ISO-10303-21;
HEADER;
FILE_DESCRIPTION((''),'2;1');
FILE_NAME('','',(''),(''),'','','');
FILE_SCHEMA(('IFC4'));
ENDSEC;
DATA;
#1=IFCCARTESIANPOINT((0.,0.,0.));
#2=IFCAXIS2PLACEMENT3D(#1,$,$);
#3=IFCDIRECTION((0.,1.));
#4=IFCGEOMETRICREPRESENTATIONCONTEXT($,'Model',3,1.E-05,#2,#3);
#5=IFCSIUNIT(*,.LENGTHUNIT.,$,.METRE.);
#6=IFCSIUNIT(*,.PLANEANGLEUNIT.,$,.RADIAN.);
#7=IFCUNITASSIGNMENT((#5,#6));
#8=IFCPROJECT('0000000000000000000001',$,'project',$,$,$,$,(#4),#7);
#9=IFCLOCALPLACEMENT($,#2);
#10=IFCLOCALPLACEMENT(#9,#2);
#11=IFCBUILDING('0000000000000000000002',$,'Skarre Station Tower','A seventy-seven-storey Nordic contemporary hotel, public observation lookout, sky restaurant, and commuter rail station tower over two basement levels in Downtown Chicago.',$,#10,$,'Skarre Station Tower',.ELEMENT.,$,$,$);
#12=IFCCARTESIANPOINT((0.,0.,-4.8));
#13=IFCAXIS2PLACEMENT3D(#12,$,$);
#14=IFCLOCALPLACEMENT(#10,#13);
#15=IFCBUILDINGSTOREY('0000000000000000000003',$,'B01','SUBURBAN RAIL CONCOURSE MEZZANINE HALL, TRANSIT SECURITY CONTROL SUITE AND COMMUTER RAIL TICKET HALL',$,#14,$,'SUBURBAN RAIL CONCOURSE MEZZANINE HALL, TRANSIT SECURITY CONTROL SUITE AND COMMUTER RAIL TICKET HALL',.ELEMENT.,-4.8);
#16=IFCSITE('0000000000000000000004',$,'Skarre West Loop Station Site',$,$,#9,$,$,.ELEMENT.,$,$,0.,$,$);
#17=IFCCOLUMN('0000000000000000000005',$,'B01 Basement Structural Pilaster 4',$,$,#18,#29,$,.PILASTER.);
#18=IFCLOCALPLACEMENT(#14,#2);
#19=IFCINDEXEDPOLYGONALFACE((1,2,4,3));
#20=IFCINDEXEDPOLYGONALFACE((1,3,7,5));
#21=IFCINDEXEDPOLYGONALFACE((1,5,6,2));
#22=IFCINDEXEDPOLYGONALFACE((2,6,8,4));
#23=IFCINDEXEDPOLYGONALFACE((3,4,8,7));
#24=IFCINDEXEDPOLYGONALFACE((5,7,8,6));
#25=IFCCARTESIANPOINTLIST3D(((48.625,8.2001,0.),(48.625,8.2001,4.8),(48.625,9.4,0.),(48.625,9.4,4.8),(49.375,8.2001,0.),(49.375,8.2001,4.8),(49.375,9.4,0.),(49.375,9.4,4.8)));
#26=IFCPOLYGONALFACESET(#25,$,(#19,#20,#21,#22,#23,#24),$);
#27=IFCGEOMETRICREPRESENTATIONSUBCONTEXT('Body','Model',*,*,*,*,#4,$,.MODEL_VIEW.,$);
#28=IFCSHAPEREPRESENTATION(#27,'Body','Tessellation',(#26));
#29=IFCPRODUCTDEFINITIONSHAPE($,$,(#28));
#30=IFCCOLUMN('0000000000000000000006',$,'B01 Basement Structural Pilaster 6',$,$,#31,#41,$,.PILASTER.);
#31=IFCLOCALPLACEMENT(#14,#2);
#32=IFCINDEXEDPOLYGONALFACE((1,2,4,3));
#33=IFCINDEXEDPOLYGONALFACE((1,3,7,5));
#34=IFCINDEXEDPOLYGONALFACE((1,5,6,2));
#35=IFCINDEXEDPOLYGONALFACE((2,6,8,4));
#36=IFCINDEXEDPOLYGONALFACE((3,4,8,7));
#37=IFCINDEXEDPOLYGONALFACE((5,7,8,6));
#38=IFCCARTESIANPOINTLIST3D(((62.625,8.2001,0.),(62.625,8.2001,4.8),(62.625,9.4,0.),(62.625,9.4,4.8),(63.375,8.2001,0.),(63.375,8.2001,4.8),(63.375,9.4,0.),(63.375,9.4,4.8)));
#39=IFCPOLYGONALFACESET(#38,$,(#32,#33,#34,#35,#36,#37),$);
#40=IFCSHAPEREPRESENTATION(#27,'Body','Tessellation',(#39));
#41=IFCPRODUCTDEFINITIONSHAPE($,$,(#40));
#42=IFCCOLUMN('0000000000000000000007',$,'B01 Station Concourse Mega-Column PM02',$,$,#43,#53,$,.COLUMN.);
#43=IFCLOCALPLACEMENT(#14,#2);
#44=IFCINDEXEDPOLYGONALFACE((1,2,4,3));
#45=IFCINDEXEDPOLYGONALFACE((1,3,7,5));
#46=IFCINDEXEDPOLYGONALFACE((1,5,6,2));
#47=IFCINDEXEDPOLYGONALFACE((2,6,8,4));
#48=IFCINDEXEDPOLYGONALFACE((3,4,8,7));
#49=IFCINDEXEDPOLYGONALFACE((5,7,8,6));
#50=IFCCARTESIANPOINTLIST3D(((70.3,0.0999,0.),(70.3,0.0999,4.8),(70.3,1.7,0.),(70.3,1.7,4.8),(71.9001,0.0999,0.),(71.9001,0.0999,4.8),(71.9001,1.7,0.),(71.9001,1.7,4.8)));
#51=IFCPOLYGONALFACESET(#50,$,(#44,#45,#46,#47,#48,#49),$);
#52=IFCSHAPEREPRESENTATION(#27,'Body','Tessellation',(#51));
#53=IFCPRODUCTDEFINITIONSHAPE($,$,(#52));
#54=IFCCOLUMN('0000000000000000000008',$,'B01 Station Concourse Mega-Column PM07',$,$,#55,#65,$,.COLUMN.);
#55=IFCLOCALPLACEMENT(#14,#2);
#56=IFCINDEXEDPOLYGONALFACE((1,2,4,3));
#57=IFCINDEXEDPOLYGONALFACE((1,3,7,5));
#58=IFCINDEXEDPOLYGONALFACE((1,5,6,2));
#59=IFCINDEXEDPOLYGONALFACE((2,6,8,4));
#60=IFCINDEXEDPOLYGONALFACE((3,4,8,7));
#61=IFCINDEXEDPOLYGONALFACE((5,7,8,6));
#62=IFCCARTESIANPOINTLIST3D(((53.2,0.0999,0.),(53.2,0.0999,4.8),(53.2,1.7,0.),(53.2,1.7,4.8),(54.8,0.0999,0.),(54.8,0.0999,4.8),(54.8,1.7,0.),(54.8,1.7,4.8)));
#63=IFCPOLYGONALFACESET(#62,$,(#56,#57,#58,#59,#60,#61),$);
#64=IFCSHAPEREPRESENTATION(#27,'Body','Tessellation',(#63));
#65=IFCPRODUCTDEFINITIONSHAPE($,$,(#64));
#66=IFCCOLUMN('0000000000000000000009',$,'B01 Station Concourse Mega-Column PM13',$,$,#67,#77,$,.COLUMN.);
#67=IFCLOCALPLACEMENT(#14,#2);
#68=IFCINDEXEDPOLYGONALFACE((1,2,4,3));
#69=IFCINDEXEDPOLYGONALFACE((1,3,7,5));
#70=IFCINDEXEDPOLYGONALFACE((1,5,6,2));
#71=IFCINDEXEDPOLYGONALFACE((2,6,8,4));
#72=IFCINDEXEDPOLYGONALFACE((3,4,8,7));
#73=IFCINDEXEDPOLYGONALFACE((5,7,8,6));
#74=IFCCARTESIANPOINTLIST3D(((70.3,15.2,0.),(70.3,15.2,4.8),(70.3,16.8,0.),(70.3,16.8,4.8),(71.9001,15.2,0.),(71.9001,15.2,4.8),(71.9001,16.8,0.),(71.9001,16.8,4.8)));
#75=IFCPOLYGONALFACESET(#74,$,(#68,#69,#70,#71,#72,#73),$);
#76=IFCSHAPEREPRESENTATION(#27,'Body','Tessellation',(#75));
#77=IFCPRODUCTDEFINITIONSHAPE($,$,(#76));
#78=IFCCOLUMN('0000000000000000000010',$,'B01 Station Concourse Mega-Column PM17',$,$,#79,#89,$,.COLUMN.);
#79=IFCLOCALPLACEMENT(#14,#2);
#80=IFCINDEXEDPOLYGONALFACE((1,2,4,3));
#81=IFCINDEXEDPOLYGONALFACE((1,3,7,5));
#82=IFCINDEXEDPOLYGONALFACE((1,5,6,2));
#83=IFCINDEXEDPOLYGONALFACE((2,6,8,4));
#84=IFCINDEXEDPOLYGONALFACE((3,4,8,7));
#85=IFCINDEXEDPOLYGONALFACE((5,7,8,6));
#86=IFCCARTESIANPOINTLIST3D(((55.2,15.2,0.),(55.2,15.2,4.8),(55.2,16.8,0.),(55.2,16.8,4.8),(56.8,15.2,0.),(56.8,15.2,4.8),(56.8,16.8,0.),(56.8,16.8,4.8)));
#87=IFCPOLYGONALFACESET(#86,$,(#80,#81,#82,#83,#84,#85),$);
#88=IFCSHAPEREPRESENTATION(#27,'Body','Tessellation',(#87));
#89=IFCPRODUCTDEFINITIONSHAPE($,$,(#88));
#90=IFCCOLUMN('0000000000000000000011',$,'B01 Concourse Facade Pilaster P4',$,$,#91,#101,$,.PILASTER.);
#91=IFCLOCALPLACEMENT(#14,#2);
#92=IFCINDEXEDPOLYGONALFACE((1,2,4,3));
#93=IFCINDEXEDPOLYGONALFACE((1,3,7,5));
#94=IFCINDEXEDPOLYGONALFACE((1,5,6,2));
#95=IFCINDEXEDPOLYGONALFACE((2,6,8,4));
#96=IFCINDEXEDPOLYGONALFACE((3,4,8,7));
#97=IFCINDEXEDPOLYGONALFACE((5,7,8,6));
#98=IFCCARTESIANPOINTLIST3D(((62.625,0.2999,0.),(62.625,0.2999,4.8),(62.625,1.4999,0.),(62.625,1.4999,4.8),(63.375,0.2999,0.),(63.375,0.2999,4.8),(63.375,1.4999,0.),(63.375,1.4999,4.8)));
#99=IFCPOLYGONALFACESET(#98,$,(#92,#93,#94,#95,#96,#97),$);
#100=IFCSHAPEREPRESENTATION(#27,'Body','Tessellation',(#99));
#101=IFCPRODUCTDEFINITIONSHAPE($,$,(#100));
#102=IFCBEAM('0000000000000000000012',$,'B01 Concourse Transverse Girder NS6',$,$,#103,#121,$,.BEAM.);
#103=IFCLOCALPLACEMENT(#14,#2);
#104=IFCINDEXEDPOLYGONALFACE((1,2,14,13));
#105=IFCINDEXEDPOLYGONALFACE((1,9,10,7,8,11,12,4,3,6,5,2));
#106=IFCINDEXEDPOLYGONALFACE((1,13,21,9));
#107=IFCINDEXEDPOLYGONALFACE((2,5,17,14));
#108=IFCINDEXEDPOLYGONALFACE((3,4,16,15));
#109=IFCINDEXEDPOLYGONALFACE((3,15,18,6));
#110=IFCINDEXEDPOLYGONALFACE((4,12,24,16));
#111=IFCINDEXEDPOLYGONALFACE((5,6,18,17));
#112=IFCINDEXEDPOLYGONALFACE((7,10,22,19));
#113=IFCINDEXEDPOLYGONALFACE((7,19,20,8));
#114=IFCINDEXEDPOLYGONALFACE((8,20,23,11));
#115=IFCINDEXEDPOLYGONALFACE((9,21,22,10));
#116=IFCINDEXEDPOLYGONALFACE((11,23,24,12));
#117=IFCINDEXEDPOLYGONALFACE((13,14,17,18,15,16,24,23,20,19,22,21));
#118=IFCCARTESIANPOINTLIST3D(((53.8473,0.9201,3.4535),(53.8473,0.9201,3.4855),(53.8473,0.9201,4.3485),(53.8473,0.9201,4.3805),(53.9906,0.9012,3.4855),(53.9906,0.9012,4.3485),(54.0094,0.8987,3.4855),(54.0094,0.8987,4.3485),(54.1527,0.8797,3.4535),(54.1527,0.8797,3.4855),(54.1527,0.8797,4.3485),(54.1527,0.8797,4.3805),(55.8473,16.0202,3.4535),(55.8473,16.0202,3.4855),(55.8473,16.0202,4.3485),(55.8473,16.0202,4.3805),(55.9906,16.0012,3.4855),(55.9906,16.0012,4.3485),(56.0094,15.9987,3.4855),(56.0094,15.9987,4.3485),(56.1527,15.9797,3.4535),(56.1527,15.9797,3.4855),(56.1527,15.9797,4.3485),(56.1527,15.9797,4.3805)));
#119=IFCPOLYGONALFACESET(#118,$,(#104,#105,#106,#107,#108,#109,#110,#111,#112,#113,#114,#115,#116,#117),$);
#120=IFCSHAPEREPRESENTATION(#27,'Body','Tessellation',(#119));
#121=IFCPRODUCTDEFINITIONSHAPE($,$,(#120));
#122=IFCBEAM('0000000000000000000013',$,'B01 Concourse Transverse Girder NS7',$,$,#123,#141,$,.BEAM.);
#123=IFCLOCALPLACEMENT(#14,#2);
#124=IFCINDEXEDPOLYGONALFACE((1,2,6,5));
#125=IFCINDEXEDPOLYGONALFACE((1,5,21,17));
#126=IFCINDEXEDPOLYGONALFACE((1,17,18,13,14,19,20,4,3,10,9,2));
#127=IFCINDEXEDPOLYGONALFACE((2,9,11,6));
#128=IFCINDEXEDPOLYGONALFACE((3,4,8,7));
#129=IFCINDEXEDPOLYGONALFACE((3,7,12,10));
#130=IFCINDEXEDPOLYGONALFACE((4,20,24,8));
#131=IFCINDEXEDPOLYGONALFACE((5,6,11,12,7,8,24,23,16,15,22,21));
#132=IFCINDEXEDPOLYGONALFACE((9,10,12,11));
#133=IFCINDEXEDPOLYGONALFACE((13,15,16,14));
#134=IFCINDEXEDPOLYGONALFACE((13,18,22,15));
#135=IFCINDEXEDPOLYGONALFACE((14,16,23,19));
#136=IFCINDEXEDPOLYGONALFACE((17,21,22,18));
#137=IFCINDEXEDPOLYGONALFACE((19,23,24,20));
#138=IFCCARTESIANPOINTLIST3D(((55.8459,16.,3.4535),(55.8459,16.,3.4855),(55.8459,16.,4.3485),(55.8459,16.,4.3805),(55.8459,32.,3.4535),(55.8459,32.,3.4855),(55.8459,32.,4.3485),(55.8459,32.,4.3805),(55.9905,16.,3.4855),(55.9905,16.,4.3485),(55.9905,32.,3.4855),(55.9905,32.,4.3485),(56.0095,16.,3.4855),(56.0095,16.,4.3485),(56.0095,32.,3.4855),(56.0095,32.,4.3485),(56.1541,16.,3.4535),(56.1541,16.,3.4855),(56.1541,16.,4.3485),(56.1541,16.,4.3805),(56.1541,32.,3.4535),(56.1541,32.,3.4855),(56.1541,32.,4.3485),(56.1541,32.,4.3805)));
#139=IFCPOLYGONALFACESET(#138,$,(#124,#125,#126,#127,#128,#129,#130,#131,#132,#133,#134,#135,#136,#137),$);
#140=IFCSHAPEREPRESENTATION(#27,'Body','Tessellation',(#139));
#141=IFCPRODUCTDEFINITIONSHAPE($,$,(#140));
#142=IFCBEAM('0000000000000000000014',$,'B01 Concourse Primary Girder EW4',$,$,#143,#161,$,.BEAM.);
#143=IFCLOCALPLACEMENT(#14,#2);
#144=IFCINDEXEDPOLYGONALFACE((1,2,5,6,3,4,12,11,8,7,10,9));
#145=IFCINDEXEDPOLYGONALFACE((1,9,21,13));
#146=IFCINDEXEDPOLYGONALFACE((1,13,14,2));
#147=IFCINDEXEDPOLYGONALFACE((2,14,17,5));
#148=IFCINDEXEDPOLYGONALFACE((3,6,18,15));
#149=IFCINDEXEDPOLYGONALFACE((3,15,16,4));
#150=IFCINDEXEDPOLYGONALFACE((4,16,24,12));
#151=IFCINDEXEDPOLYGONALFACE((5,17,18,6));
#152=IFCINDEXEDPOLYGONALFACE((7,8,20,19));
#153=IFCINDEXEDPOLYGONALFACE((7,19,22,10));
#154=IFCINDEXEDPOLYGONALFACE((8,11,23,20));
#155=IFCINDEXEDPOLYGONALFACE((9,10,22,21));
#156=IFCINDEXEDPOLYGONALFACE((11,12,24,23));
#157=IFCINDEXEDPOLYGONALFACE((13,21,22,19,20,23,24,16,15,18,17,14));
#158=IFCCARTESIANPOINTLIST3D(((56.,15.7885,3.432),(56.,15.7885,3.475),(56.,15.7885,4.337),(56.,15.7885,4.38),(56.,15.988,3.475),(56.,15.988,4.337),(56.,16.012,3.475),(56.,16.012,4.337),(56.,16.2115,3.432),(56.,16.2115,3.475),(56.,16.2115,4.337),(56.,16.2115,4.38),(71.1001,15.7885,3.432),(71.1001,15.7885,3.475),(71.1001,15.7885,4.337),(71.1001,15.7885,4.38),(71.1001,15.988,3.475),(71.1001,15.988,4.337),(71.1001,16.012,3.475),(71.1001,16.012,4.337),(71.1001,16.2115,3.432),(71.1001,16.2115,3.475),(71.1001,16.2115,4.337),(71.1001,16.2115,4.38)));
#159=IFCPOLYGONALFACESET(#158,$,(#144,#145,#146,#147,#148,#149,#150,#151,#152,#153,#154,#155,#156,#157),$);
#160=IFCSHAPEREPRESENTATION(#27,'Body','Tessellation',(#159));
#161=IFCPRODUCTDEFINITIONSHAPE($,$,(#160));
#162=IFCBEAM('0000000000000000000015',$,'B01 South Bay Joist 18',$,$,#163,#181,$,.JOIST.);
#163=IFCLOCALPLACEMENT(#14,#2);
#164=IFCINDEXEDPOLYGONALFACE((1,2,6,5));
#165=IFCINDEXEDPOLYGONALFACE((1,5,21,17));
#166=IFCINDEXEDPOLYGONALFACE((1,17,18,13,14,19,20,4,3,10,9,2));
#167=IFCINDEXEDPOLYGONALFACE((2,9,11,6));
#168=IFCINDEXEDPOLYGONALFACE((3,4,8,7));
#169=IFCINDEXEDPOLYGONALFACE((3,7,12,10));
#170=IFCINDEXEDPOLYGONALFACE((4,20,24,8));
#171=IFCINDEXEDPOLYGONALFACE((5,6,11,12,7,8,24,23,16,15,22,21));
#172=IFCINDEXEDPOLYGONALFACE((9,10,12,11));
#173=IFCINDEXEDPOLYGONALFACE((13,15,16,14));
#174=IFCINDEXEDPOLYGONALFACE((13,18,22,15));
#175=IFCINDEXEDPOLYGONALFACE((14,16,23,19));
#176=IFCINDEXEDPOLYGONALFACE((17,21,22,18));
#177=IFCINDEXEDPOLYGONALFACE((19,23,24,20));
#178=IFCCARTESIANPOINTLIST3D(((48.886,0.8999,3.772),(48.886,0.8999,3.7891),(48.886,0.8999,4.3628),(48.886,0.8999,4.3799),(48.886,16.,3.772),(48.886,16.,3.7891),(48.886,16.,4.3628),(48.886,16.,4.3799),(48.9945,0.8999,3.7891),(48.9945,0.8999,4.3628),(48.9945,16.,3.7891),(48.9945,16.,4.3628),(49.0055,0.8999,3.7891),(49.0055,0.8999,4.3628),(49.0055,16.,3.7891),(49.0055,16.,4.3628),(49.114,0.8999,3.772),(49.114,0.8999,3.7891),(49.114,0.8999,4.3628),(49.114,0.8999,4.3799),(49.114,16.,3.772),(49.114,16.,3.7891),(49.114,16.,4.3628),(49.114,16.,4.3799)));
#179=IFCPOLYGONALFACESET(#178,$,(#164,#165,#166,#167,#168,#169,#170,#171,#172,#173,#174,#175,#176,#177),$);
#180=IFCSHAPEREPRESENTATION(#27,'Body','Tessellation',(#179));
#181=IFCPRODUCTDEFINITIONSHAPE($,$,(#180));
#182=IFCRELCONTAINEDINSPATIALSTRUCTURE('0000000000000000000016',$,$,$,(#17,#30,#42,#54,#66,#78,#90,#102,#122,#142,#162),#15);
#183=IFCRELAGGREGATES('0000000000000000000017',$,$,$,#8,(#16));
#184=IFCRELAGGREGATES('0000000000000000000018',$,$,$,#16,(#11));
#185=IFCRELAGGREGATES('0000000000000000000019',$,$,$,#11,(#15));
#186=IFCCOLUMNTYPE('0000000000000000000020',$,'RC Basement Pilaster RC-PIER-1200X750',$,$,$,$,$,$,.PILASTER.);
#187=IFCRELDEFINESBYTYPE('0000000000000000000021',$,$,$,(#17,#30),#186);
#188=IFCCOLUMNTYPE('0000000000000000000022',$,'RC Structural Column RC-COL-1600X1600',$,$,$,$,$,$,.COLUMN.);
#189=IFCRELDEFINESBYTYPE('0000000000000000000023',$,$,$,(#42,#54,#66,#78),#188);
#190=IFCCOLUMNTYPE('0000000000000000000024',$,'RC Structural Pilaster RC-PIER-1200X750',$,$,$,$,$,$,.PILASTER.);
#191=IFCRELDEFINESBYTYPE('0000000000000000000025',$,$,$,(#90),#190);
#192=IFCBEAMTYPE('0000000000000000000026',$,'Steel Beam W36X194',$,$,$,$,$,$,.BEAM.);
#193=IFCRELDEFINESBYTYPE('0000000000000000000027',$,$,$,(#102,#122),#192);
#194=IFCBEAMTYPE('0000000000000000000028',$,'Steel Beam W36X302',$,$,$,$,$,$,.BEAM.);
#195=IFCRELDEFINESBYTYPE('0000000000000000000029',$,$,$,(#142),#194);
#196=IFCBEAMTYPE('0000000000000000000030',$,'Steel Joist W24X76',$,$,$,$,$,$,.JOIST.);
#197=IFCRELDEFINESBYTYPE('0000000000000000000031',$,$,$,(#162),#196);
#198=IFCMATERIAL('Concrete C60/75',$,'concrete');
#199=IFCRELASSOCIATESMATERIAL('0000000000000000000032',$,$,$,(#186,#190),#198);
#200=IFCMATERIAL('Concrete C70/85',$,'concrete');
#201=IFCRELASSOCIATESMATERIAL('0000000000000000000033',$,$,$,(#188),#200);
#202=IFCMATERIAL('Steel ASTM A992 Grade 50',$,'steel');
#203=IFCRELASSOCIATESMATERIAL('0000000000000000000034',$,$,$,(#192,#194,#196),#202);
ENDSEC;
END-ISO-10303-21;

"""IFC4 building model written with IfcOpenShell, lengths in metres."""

from ifc_helpers import new_model, si_unit, direction, frame, origin, origin_2d, place, context, subcontext, project, spatial, rectangle, i_section, extrude, material, material_profile, profile_set, type_object, element, save


model = new_model("IFC4")

# Units and contexts
model_context = context("Model", 3, precision=1e-05, world=origin(), true_north=direction((0.0, 1.0)))
body_context = subcontext(model_context, "Body", "Model", "MODEL_VIEW")
ifc_project = project(units=[si_unit("LENGTHUNIT", "METRE"), si_unit("PLANEANGLEUNIT", "RADIAN")], contexts=[model_context])

# Site, building, storey
site_placement = place(None, origin())
site = spatial("IfcSite", under=ifc_project, at=site_placement, Name="Skarre West Loop Station Site", CompositionType="ELEMENT", RefElevation=0.0)
building_placement = place(site_placement, origin())
building = spatial("IfcBuilding", under=site, at=building_placement, Name="Skarre Station Tower", Description="A seventy-seven-storey Nordic contemporary hotel, public observation lookout, sky restaurant, and commuter rail station tower over two basement levels in Downtown Chicago.", LongName="Skarre Station Tower", CompositionType="ELEMENT")
storey_placement = place(building_placement, frame((0.0, 0.0, -4.8)))
storey = spatial("IfcBuildingStorey", under=building, at=storey_placement, Name="B01", Description="SUBURBAN RAIL CONCOURSE MEZZANINE HALL, TRANSIT SECURITY CONTROL SUITE AND COMMUTER RAIL TICKET HALL", LongName="SUBURBAN RAIL CONCOURSE MEZZANINE HALL, TRANSIT SECURITY CONTROL SUITE AND COMMUTER RAIL TICKET HALL", CompositionType="ELEMENT", Elevation=-4.8)

# Columns
ifc_material_1 = material(Name="Concrete C60/75", Category="concrete")
ifc_material_profile_1 = material_profile(ifc_material_1, rectangle(XDim=0.75, YDim=1.2, at=origin_2d()), Name="Concrete C60/75")
ifc_profile_set_1 = profile_set([ifc_material_profile_1], Name="Concrete C60/75")
column_type_1 = type_object("IfcColumnType", Name="RC Basement Pilaster RC-PIER-1200X750", PredefinedType="PILASTER", material=ifc_profile_set_1)
for number, where, z_axis, x_axis, name in (
    (1, (49.0, 8.8, 0.0), (0.0, 0.0, 1.0), (1.0, 0.0, 0.0), "B01 Basement Structural Pilaster 4"),
    (2, (63.0, 8.8, 0.0), (0.0, 0.0, 1.0), (1.0, 0.0, 0.0), "B01 Basement Structural Pilaster 6"),
):
    element("IfcColumn", number, at=place(storey_placement, frame(where, z_axis=z_axis, x_axis=x_axis)), inside=storey, type_object=column_type_1, Name=name, PredefinedType="PILASTER", context=body_context, shape_type="SweptSolid", body=[
        extrude(rectangle(XDim=0.75, YDim=1.2, at=origin_2d()), origin(), (0.0, 0.0, 1.0), 4.8),
    ])
ifc_material_2 = material(Name="Concrete C70/85", Category="concrete")
ifc_material_profile_2 = material_profile(ifc_material_2, rectangle(XDim=1.6001, YDim=1.6001, at=origin_2d()), Name="Concrete C70/85")
ifc_profile_set_2 = profile_set([ifc_material_profile_2], Name="Concrete C70/85")
column_type_2 = type_object("IfcColumnType", Name="RC Structural Column RC-COL-1600X1600", PredefinedType="COLUMN", material=ifc_profile_set_2)
for number, where, z_axis, x_axis, name in (
    (3, (71.1001, 0.8999, 0.0), (0.0, 0.0, 1.0), (1.0, 0.0, 0.0), "B01 Station Concourse Mega-Column PM02"),
    (4, (54.0, 0.8999, 0.0), (0.0, 0.0, 1.0), (1.0, 0.0, 0.0), "B01 Station Concourse Mega-Column PM07"),
    (5, (71.1001, 16.0, 0.0), (0.0, 0.0, 1.0), (1.0, 0.0, 0.0), "B01 Station Concourse Mega-Column PM13"),
    (6, (56.0, 16.0, 0.0), (0.0, 0.0, 1.0), (1.0, 0.0, 0.0), "B01 Station Concourse Mega-Column PM17"),
):
    element("IfcColumn", number, at=place(storey_placement, frame(where, z_axis=z_axis, x_axis=x_axis)), inside=storey, type_object=column_type_2, Name=name, PredefinedType="COLUMN", context=body_context, shape_type="SweptSolid", body=[
        extrude(rectangle(XDim=1.6001, YDim=1.6001, at=origin_2d()), origin(), (0.0, 0.0, 1.0), 4.8),
    ])
ifc_material_profile_3 = material_profile(ifc_material_1, rectangle(XDim=0.75, YDim=1.2, at=origin_2d()), Name="Concrete C60/75")
ifc_profile_set_3 = profile_set([ifc_material_profile_3], Name="Concrete C60/75")
column_type_3 = type_object("IfcColumnType", Name="RC Structural Pilaster RC-PIER-1200X750", PredefinedType="PILASTER", material=ifc_profile_set_3)
column_placement = place(storey_placement, frame((63.0, 0.8999, 0.0), z_axis=(0.0, 0.0, 1.0), x_axis=(1.0, 0.0, 0.0)))
element("IfcColumn", 7, at=column_placement, inside=storey, type_object=column_type_3, Name="B01 Concourse Facade Pilaster P4", PredefinedType="PILASTER", context=body_context, shape_type="SweptSolid", body=[
    extrude(rectangle(XDim=0.75, YDim=1.2, at=origin_2d()), origin(), (0.0, 0.0, 1.0), 4.8),
])

# Beams
ifc_material_3 = material(Name="Steel ASTM A992 Grade 50", Category="steel")
ifc_material_profile_4 = material_profile(ifc_material_3, i_section(OverallWidth=0.3081, OverallDepth=0.927, WebThickness=0.019, FlangeThickness=0.032, at=origin_2d()), Name="Steel ASTM A992 Grade 50")
ifc_profile_set_4 = profile_set([ifc_material_profile_4], Name="Steel ASTM A992 Grade 50")
beam_type_1 = type_object("IfcBeamType", Name="Steel Beam W36X194", PredefinedType="BEAM", material=ifc_profile_set_4)
beam_1_placement = place(storey_placement, frame((54.0, 0.8999, 3.917), z_axis=(0.131303, 0.991342, 0.0), x_axis=(-0.991342, 0.131303, 0.0)))
element("IfcBeam", 8, at=beam_1_placement, inside=storey, type_object=beam_type_1, Name="B01 Concourse Transverse Girder NS6", PredefinedType="BEAM", context=body_context, shape_type="SweptSolid", body=[
    extrude(i_section(OverallWidth=0.3081, OverallDepth=0.927, WebThickness=0.019, FlangeThickness=0.032, at=origin_2d()), origin(), (0.0, 0.0, 1.0), 15.2319),
])
beam_2_placement = place(storey_placement, frame((56.0, 16.0, 3.917), z_axis=(0.0, 1.0, 0.0), x_axis=(-1.0, 0.0, 0.0)))
element("IfcBeam", 9, at=beam_2_placement, inside=storey, type_object=beam_type_1, Name="B01 Concourse Transverse Girder NS7", PredefinedType="BEAM", context=body_context, shape_type="SweptSolid", body=[
    extrude(i_section(OverallWidth=0.3081, OverallDepth=0.927, WebThickness=0.019, FlangeThickness=0.032, at=origin_2d()), origin(), (0.0, 0.0, 1.0), 16.0),
])
ifc_material_profile_5 = material_profile(ifc_material_3, i_section(OverallWidth=0.4231, OverallDepth=0.948, WebThickness=0.0239, FlangeThickness=0.043, at=origin_2d()), Name="Steel ASTM A992 Grade 50")
ifc_profile_set_5 = profile_set([ifc_material_profile_5], Name="Steel ASTM A992 Grade 50")
beam_type_2 = type_object("IfcBeamType", Name="Steel Beam W36X302", PredefinedType="BEAM", material=ifc_profile_set_5)
beam_3_placement = place(storey_placement, frame((56.0, 16.0, 3.906), z_axis=(1.0, 0.0, 0.0), x_axis=(0.0, 1.0, 0.0)))
element("IfcBeam", 10, at=beam_3_placement, inside=storey, type_object=beam_type_2, Name="B01 Concourse Primary Girder EW4", PredefinedType="BEAM", context=body_context, shape_type="SweptSolid", body=[
    extrude(i_section(OverallWidth=0.4231, OverallDepth=0.948, WebThickness=0.0239, FlangeThickness=0.043, at=origin_2d()), origin(), (0.0, 0.0, 1.0), 15.1001),
])
ifc_material_profile_6 = material_profile(ifc_material_3, i_section(OverallWidth=0.228, OverallDepth=0.6079, WebThickness=0.011, FlangeThickness=0.0171, at=origin_2d()), Name="Steel ASTM A992 Grade 50")
ifc_profile_set_6 = profile_set([ifc_material_profile_6], Name="Steel ASTM A992 Grade 50")
beam_type_3 = type_object("IfcBeamType", Name="Steel Joist W24X76", PredefinedType="JOIST", material=ifc_profile_set_6)
for number, where, z_axis, x_axis, name in (
    (11, (49.0, 0.8999, 4.0759), (0.0, 1.0, 0.0), (-1.0, 0.0, 0.0), "B01 South Bay Joist 18"),
):
    element("IfcBeam", number, at=place(storey_placement, frame(where, z_axis=z_axis, x_axis=x_axis)), inside=storey, type_object=beam_type_3, Name=name, PredefinedType="JOIST", context=body_context, shape_type="SweptSolid", body=[
        extrude(i_section(OverallWidth=0.228, OverallDepth=0.6079, WebThickness=0.011, FlangeThickness=0.0171, at=origin_2d()), origin(), (0.0, 0.0, 1.0), 15.1001),
    ])

save(model, "model.ifc")
